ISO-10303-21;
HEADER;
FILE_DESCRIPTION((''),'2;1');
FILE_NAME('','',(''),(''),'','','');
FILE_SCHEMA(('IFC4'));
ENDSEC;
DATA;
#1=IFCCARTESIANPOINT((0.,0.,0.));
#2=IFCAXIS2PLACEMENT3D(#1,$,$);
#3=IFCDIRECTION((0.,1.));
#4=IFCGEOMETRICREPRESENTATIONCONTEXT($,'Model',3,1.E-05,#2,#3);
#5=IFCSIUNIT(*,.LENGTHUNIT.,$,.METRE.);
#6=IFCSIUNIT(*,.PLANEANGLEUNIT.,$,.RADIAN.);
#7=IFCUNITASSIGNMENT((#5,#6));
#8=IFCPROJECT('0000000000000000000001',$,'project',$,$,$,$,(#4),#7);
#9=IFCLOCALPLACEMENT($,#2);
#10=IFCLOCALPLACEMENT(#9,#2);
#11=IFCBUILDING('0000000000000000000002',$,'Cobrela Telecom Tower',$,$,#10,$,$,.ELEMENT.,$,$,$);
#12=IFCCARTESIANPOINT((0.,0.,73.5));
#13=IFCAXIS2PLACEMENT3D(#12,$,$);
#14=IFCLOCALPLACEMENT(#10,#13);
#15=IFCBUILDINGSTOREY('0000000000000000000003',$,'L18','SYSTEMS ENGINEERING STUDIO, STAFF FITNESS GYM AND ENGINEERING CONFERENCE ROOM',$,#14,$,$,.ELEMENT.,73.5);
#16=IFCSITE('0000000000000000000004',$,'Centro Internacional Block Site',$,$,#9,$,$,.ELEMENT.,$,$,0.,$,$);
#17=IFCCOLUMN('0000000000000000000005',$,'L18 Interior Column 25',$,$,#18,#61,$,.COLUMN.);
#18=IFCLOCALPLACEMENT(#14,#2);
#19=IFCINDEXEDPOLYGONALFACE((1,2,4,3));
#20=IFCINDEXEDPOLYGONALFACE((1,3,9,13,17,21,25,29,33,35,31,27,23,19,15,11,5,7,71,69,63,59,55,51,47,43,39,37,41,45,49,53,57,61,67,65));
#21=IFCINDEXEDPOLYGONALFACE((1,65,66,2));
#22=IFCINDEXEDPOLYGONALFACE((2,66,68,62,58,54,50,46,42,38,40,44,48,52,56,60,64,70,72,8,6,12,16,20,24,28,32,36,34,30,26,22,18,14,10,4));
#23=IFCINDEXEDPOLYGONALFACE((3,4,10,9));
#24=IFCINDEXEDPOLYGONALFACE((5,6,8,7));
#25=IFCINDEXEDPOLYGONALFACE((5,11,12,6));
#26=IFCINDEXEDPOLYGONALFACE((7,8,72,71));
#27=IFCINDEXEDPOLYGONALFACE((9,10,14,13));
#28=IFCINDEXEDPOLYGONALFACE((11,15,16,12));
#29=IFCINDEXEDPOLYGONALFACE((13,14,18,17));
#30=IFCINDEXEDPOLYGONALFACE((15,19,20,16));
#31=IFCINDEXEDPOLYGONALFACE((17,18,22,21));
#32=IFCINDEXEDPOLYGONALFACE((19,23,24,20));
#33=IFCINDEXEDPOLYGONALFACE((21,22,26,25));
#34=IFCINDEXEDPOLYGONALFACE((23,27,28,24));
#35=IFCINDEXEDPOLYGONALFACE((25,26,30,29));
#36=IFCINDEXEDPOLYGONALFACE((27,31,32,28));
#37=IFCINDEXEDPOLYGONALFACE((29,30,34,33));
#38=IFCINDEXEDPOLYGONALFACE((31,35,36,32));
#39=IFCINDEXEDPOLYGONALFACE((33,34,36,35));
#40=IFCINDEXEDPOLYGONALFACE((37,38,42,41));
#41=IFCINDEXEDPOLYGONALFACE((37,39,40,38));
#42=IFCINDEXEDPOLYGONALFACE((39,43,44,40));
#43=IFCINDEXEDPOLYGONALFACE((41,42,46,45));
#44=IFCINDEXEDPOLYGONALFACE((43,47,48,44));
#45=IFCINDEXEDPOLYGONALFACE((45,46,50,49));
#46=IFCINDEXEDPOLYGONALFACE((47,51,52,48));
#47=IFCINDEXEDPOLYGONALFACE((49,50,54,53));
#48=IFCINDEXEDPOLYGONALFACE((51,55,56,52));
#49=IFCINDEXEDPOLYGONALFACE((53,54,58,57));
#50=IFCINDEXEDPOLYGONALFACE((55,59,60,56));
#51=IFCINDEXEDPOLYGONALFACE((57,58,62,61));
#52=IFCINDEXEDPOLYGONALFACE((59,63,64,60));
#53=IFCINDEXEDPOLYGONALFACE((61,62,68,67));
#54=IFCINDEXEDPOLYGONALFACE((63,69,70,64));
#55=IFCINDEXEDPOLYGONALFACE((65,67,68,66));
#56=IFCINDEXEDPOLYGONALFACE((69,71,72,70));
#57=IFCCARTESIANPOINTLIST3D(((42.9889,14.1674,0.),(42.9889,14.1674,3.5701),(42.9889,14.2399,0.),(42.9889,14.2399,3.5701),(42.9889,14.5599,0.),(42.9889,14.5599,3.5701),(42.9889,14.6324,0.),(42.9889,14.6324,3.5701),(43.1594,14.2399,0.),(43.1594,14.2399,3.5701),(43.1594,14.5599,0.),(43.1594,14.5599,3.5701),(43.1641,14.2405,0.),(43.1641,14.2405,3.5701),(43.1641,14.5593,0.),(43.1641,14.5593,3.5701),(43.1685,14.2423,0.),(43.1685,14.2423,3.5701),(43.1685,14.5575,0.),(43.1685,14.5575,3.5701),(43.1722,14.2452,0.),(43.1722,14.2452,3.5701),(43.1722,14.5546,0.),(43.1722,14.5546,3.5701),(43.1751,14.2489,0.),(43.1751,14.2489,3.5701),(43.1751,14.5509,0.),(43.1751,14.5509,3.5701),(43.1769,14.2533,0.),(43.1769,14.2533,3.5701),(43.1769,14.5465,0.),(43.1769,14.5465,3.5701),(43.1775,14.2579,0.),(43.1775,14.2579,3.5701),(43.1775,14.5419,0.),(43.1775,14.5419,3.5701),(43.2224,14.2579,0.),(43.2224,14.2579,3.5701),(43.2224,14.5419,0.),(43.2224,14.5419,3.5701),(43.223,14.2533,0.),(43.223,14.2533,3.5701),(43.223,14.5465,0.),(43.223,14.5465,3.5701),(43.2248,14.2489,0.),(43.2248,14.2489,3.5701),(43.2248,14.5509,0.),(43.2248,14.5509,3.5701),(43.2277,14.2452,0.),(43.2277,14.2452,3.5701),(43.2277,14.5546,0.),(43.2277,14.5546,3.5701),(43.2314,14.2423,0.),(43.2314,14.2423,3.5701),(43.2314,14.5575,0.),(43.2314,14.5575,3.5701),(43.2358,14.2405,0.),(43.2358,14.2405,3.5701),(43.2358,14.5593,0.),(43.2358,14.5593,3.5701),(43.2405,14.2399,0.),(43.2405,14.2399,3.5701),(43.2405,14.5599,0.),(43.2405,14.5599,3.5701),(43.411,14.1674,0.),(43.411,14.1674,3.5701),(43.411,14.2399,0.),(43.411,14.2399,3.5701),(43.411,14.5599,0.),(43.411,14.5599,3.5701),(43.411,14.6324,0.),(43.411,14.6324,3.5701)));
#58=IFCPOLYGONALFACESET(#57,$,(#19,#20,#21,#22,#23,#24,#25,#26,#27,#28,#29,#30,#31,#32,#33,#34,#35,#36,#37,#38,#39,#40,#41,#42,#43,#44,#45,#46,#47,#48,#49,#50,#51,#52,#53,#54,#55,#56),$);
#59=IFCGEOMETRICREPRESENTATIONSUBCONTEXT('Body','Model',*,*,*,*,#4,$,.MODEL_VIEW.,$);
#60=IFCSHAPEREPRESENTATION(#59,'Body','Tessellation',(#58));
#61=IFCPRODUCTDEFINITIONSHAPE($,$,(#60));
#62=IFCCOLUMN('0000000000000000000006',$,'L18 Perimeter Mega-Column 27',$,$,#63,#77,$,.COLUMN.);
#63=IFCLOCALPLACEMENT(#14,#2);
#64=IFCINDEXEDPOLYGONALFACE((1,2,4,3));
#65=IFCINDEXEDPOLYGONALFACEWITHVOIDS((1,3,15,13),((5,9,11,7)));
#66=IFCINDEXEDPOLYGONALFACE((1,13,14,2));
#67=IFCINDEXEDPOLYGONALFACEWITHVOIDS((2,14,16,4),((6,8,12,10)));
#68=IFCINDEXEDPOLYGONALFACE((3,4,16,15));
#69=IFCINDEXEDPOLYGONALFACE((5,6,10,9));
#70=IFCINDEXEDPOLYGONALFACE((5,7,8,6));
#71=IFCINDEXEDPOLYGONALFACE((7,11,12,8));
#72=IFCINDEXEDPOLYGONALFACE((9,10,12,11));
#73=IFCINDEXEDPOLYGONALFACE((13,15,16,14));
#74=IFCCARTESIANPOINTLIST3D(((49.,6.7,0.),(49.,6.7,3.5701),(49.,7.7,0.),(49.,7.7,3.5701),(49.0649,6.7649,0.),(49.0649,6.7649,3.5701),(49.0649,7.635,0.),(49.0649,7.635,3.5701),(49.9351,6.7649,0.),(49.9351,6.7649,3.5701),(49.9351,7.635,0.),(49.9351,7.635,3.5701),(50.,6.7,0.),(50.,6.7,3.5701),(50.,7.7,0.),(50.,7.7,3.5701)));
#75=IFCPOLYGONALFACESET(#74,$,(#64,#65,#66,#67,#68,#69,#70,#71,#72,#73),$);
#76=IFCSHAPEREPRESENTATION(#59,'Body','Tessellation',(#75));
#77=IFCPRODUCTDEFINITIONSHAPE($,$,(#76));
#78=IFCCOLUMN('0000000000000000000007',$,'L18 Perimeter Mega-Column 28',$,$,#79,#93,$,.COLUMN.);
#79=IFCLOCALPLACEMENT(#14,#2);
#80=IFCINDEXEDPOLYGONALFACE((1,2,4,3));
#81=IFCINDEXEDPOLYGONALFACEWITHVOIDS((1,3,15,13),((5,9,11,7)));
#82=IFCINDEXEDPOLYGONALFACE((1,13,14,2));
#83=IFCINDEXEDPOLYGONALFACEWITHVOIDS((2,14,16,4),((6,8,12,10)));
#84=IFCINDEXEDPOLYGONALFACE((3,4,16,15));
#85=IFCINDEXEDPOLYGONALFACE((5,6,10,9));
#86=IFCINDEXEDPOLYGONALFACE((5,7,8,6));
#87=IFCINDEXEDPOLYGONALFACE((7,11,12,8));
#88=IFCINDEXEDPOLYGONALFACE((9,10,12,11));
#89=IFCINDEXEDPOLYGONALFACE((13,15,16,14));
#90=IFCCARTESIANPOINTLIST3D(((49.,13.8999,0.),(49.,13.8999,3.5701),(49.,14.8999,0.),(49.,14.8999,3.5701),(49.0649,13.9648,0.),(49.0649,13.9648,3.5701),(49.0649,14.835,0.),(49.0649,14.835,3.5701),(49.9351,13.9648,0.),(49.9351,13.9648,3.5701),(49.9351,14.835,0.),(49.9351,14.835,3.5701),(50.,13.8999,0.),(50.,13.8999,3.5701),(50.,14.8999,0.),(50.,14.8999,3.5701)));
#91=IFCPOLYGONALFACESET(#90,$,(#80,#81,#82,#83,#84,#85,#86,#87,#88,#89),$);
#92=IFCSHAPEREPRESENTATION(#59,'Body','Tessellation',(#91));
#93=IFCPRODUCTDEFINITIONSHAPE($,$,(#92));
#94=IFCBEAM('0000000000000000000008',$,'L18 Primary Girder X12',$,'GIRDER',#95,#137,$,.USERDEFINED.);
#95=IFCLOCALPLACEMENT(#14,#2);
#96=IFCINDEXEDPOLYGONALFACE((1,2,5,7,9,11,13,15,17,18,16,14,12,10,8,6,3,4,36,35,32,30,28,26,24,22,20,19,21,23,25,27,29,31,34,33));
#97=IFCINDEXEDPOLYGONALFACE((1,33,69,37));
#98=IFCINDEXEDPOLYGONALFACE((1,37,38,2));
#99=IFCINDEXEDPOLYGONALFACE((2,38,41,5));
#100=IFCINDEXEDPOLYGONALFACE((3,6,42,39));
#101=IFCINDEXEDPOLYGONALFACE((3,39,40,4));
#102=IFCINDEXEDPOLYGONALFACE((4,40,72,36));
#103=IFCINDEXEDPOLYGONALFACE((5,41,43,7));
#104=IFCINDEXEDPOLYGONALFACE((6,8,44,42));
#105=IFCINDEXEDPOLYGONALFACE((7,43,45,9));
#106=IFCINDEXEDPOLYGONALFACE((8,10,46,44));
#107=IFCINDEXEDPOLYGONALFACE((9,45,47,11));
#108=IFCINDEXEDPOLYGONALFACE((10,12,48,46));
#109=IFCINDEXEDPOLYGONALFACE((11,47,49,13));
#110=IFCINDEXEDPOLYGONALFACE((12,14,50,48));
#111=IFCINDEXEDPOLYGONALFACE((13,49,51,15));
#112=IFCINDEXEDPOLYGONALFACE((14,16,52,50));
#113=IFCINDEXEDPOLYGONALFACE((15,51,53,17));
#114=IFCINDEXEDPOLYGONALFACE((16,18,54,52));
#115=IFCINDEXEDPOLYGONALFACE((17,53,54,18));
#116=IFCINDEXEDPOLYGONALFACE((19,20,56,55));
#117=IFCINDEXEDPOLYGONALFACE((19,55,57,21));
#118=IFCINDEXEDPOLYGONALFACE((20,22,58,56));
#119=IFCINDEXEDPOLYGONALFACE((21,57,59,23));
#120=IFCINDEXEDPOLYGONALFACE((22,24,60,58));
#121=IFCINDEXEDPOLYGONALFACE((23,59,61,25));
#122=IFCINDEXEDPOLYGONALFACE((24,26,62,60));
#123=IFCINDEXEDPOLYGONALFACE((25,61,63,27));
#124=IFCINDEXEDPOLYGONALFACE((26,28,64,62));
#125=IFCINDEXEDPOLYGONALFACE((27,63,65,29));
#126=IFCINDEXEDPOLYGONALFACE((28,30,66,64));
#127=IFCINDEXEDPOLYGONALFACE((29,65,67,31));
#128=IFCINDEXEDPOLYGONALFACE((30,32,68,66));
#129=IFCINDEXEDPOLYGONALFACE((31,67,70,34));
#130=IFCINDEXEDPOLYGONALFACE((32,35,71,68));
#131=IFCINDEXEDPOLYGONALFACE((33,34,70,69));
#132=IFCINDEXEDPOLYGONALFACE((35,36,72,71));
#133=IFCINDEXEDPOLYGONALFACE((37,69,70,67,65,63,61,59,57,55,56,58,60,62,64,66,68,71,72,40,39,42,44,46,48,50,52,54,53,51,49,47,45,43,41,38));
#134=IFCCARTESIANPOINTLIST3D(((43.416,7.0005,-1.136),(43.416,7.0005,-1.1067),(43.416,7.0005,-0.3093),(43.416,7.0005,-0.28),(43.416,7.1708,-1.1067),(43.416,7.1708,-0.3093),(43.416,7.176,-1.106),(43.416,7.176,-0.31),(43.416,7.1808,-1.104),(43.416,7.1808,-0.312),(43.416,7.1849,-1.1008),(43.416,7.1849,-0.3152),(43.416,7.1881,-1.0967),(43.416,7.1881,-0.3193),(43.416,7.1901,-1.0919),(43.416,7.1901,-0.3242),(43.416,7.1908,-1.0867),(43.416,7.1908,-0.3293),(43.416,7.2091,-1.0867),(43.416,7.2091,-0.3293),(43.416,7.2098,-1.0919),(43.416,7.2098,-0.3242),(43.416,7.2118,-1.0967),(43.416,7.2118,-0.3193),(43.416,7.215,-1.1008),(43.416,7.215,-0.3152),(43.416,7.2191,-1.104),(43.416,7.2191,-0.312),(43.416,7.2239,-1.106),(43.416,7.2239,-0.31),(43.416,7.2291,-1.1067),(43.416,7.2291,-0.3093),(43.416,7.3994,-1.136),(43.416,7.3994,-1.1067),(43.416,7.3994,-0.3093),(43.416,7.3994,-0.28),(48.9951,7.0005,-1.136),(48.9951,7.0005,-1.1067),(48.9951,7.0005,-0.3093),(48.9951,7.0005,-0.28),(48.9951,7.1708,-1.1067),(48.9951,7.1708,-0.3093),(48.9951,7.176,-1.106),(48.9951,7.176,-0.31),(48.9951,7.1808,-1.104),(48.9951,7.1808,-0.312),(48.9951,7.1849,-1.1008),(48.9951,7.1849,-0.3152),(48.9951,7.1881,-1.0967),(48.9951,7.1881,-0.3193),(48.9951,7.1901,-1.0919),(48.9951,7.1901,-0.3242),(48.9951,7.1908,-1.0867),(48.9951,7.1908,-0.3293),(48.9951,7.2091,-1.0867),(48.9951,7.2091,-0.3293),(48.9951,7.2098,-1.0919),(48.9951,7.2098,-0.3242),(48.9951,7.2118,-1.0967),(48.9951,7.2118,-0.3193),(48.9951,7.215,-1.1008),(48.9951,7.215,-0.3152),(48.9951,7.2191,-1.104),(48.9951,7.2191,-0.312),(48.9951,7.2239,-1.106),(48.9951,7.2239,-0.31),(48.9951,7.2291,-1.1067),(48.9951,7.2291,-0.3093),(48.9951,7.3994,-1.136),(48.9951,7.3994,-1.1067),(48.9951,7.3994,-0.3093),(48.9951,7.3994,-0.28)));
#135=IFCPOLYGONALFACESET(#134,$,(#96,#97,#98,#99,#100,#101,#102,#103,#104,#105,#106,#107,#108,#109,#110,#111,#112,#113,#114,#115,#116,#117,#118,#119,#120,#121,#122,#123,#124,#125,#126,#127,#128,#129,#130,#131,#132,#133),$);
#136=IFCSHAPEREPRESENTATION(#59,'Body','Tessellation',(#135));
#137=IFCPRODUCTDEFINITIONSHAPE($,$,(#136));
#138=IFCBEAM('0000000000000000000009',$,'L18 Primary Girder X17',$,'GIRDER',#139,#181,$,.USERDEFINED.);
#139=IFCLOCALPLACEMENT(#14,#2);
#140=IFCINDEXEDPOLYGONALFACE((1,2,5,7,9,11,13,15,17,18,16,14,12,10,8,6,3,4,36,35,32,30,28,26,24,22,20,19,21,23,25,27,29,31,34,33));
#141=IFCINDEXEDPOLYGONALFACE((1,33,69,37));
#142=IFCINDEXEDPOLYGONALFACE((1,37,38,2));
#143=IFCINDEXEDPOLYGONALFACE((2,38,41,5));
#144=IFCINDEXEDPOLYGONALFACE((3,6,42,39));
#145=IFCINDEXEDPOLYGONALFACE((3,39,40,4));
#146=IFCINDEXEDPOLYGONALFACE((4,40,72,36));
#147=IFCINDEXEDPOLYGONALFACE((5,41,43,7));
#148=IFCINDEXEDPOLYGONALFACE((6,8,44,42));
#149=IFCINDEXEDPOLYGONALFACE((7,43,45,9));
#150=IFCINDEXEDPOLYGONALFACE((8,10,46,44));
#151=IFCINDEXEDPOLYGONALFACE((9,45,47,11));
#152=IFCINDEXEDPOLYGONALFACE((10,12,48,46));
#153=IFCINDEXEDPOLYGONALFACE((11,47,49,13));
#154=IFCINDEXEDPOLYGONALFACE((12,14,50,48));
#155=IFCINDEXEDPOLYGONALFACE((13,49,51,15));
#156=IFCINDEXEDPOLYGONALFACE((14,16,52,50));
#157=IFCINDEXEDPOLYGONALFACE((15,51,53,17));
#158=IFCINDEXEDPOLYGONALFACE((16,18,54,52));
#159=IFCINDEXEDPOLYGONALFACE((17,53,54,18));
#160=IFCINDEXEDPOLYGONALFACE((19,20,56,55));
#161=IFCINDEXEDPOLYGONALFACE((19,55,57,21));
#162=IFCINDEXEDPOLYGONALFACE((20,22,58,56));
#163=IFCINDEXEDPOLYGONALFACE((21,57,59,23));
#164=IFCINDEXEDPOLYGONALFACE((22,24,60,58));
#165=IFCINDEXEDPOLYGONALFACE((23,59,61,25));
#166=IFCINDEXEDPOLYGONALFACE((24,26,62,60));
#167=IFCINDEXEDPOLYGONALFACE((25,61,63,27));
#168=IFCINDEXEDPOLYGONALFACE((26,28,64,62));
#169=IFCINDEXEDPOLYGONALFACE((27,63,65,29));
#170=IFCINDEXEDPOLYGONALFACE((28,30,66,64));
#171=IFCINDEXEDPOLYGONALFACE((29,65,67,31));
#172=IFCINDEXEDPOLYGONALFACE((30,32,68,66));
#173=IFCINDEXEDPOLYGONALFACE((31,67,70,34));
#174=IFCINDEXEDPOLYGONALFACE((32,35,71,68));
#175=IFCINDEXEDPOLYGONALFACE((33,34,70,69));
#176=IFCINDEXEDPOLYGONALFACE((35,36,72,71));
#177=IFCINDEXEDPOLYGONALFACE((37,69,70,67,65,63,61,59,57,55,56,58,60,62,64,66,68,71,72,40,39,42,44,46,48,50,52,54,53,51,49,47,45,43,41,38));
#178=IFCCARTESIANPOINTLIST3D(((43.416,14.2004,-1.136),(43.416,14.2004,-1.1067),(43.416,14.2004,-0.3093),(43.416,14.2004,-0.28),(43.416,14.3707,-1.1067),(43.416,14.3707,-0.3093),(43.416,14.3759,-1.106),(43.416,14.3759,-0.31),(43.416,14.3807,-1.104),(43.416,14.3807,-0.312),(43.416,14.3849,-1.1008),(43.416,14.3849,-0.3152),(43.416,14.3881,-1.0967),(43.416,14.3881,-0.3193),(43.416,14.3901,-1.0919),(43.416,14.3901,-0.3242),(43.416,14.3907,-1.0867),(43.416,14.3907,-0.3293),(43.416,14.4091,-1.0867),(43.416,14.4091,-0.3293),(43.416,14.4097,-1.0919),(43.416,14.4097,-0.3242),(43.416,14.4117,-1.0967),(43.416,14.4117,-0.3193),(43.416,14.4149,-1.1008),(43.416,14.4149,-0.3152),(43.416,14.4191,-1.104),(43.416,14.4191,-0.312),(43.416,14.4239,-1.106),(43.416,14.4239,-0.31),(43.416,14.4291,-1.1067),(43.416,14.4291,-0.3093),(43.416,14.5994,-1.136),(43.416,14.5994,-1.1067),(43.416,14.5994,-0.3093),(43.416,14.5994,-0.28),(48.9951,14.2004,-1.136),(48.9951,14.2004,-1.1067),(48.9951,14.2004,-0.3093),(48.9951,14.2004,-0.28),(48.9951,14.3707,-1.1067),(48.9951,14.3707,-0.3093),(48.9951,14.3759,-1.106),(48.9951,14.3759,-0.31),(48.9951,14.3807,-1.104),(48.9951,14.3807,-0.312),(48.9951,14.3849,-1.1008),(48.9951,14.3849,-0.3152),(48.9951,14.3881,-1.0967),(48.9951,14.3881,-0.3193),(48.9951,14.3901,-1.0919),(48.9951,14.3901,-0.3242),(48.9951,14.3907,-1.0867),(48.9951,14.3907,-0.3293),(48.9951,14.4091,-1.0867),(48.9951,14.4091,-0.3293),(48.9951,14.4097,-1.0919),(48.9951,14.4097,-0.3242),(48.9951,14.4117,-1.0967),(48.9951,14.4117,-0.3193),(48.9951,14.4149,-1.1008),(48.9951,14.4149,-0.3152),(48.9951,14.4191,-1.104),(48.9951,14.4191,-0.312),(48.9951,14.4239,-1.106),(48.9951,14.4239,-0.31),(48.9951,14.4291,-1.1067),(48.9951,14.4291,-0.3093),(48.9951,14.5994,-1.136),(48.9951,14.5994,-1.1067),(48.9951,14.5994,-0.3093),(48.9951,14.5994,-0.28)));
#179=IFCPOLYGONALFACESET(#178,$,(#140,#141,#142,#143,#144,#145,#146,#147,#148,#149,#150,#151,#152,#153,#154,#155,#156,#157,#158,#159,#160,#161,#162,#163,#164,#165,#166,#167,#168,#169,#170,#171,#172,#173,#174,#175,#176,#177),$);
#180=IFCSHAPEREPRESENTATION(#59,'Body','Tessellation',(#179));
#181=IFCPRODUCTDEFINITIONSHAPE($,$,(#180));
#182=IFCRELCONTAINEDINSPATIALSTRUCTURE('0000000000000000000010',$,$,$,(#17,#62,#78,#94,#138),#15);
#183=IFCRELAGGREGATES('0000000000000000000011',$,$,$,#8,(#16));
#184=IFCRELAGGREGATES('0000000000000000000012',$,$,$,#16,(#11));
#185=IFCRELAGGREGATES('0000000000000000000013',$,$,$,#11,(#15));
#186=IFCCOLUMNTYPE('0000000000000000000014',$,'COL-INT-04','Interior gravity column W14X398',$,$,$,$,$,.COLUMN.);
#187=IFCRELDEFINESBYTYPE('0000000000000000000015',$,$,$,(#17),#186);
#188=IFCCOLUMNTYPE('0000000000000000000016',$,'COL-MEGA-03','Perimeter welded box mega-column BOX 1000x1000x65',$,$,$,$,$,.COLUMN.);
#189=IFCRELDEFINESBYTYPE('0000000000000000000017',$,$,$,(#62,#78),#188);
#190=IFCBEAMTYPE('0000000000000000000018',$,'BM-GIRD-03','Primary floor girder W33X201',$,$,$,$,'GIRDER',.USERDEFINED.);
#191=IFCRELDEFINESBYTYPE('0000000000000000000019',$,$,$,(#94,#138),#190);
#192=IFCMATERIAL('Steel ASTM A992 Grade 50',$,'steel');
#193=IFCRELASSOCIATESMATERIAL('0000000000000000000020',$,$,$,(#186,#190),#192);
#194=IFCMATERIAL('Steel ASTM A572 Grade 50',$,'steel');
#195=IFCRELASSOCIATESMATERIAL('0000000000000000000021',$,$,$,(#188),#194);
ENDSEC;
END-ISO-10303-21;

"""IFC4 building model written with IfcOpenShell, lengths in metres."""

from ifc_helpers import new_model, si_unit, direction, frame, origin, origin_2d, place, context, subcontext, project, spatial, hollow_rectangle, i_section, extrude, material, material_profile, profile_set, type_object, element, save


model = new_model("IFC4")

# Units and contexts
model_context = context("Model", 3, precision=1e-05, world=origin(), true_north=direction((0.0, 1.0)))
body_context = subcontext(model_context, "Body", "Model", "MODEL_VIEW")
ifc_project = project(units=[si_unit("LENGTHUNIT", "METRE"), si_unit("PLANEANGLEUNIT", "RADIAN")], contexts=[model_context])

# Site, building, storey
site_placement = place(None, origin())
site = spatial("IfcSite", under=ifc_project, at=site_placement, Name="Centro Internacional Block Site", CompositionType="ELEMENT", RefElevation=0.0)
building_placement = place(site_placement, origin())
building = spatial("IfcBuilding", under=site, at=building_placement, Name="Cobrela Telecom Tower", CompositionType="ELEMENT")
storey_placement = place(building_placement, frame((0.0, 0.0, 73.5)))
storey = spatial("IfcBuildingStorey", under=building, at=storey_placement, Name="L18", Description="SYSTEMS ENGINEERING STUDIO, STAFF FITNESS GYM AND ENGINEERING CONFERENCE ROOM", CompositionType="ELEMENT", Elevation=73.5)

# Columns
ifc_material_1 = material(Name="Steel ASTM A992 Grade 50", Category="steel")
ifc_material_profile_1 = material_profile(ifc_material_1, i_section(OverallWidth=0.4221, OverallDepth=0.4651, WebThickness=0.0449, FlangeThickness=0.0725, FilletRadius=0.0181, at=origin_2d()), Name="W14X398")
ifc_profile_set_1 = profile_set([ifc_material_profile_1], Name="Steel ASTM A992 Grade 50")
column_type_1 = type_object("IfcColumnType", Name="COL-INT-04", Description="Interior gravity column W14X398", PredefinedType="COLUMN", material=ifc_profile_set_1)
column_placement = place(storey_placement, frame((43.2, 14.3999, 0.0), z_axis=(0.0, 0.0, 1.0), x_axis=(1.0, 0.0, 0.0)))
element("IfcColumn", 1, at=column_placement, inside=storey, type_object=column_type_1, Name="L18 Interior Column 25", PredefinedType="COLUMN", context=body_context, shape_type="SweptSolid", body=[
    extrude(i_section(OverallWidth=0.4221, OverallDepth=0.4651, WebThickness=0.0449, FlangeThickness=0.0725, FilletRadius=0.0181, at=origin_2d()), origin(), (0.0, 0.0, 1.0), 3.5701),
])
ifc_material_2 = material(Name="Steel ASTM A572 Grade 50", Category="steel")
ifc_material_profile_2 = material_profile(ifc_material_2, hollow_rectangle(XDim=1.0, YDim=1.0, WallThickness=0.0649, at=origin_2d()), Name="BOX 1000x1000x65")
ifc_profile_set_2 = profile_set([ifc_material_profile_2], Name="Steel ASTM A572 Grade 50")
column_type_2 = type_object("IfcColumnType", Name="COL-MEGA-03", Description="Perimeter welded box mega-column BOX 1000x1000x65", PredefinedType="COLUMN", material=ifc_profile_set_2)
for number, where, z_axis, x_axis, name in (
    (2, (49.5, 7.2, 0.0), (0.0, 0.0, 1.0), (1.0, 0.0, 0.0), "L18 Perimeter Mega-Column 27"),
    (3, (49.5, 14.3999, 0.0), (0.0, 0.0, 1.0), (1.0, 0.0, 0.0), "L18 Perimeter Mega-Column 28"),
):
    element("IfcColumn", number, at=place(storey_placement, frame(where, z_axis=z_axis, x_axis=x_axis)), inside=storey, type_object=column_type_2, Name=name, PredefinedType="COLUMN", context=body_context, shape_type="SweptSolid", body=[
        extrude(hollow_rectangle(XDim=1.0, YDim=1.0, WallThickness=0.0649, at=origin_2d()), origin(), (0.0, 0.0, 1.0), 3.5701),
    ])

# Beams
ifc_material_profile_3 = material_profile(ifc_material_1, i_section(OverallWidth=0.3989, OverallDepth=0.856, WebThickness=0.0183, FlangeThickness=0.0293, FilletRadius=0.02, at=origin_2d()), Name="W33X201")
ifc_profile_set_3 = profile_set([ifc_material_profile_3], Name="Steel ASTM A992 Grade 50")
beam_type_1 = type_object("IfcBeamType", Name="BM-GIRD-03", Description="Primary floor girder W33X201", ElementType="GIRDER", PredefinedType="USERDEFINED", material=ifc_profile_set_3)
for number, where, z_axis, x_axis, name in (
    (4, (43.416, 7.2, -0.708), (1.0, 0.0, 0.0), (0.0, 1.0, 0.0), "L18 Primary Girder X12"),
    (5, (43.416, 14.3999, -0.708), (1.0, 0.0, 0.0), (0.0, 1.0, 0.0), "L18 Primary Girder X17"),
):
    element("IfcBeam", number, at=place(storey_placement, frame(where, z_axis=z_axis, x_axis=x_axis)), inside=storey, type_object=beam_type_1, Name=name, ObjectType="GIRDER", PredefinedType="USERDEFINED", context=body_context, shape_type="SweptSolid", body=[
        extrude(i_section(OverallWidth=0.3989, OverallDepth=0.856, WebThickness=0.0183, FlangeThickness=0.0293, FilletRadius=0.02, at=origin_2d()), origin(), (0.0, 0.0, 1.0), 5.5791),
    ])

save(model, "model.ifc")
